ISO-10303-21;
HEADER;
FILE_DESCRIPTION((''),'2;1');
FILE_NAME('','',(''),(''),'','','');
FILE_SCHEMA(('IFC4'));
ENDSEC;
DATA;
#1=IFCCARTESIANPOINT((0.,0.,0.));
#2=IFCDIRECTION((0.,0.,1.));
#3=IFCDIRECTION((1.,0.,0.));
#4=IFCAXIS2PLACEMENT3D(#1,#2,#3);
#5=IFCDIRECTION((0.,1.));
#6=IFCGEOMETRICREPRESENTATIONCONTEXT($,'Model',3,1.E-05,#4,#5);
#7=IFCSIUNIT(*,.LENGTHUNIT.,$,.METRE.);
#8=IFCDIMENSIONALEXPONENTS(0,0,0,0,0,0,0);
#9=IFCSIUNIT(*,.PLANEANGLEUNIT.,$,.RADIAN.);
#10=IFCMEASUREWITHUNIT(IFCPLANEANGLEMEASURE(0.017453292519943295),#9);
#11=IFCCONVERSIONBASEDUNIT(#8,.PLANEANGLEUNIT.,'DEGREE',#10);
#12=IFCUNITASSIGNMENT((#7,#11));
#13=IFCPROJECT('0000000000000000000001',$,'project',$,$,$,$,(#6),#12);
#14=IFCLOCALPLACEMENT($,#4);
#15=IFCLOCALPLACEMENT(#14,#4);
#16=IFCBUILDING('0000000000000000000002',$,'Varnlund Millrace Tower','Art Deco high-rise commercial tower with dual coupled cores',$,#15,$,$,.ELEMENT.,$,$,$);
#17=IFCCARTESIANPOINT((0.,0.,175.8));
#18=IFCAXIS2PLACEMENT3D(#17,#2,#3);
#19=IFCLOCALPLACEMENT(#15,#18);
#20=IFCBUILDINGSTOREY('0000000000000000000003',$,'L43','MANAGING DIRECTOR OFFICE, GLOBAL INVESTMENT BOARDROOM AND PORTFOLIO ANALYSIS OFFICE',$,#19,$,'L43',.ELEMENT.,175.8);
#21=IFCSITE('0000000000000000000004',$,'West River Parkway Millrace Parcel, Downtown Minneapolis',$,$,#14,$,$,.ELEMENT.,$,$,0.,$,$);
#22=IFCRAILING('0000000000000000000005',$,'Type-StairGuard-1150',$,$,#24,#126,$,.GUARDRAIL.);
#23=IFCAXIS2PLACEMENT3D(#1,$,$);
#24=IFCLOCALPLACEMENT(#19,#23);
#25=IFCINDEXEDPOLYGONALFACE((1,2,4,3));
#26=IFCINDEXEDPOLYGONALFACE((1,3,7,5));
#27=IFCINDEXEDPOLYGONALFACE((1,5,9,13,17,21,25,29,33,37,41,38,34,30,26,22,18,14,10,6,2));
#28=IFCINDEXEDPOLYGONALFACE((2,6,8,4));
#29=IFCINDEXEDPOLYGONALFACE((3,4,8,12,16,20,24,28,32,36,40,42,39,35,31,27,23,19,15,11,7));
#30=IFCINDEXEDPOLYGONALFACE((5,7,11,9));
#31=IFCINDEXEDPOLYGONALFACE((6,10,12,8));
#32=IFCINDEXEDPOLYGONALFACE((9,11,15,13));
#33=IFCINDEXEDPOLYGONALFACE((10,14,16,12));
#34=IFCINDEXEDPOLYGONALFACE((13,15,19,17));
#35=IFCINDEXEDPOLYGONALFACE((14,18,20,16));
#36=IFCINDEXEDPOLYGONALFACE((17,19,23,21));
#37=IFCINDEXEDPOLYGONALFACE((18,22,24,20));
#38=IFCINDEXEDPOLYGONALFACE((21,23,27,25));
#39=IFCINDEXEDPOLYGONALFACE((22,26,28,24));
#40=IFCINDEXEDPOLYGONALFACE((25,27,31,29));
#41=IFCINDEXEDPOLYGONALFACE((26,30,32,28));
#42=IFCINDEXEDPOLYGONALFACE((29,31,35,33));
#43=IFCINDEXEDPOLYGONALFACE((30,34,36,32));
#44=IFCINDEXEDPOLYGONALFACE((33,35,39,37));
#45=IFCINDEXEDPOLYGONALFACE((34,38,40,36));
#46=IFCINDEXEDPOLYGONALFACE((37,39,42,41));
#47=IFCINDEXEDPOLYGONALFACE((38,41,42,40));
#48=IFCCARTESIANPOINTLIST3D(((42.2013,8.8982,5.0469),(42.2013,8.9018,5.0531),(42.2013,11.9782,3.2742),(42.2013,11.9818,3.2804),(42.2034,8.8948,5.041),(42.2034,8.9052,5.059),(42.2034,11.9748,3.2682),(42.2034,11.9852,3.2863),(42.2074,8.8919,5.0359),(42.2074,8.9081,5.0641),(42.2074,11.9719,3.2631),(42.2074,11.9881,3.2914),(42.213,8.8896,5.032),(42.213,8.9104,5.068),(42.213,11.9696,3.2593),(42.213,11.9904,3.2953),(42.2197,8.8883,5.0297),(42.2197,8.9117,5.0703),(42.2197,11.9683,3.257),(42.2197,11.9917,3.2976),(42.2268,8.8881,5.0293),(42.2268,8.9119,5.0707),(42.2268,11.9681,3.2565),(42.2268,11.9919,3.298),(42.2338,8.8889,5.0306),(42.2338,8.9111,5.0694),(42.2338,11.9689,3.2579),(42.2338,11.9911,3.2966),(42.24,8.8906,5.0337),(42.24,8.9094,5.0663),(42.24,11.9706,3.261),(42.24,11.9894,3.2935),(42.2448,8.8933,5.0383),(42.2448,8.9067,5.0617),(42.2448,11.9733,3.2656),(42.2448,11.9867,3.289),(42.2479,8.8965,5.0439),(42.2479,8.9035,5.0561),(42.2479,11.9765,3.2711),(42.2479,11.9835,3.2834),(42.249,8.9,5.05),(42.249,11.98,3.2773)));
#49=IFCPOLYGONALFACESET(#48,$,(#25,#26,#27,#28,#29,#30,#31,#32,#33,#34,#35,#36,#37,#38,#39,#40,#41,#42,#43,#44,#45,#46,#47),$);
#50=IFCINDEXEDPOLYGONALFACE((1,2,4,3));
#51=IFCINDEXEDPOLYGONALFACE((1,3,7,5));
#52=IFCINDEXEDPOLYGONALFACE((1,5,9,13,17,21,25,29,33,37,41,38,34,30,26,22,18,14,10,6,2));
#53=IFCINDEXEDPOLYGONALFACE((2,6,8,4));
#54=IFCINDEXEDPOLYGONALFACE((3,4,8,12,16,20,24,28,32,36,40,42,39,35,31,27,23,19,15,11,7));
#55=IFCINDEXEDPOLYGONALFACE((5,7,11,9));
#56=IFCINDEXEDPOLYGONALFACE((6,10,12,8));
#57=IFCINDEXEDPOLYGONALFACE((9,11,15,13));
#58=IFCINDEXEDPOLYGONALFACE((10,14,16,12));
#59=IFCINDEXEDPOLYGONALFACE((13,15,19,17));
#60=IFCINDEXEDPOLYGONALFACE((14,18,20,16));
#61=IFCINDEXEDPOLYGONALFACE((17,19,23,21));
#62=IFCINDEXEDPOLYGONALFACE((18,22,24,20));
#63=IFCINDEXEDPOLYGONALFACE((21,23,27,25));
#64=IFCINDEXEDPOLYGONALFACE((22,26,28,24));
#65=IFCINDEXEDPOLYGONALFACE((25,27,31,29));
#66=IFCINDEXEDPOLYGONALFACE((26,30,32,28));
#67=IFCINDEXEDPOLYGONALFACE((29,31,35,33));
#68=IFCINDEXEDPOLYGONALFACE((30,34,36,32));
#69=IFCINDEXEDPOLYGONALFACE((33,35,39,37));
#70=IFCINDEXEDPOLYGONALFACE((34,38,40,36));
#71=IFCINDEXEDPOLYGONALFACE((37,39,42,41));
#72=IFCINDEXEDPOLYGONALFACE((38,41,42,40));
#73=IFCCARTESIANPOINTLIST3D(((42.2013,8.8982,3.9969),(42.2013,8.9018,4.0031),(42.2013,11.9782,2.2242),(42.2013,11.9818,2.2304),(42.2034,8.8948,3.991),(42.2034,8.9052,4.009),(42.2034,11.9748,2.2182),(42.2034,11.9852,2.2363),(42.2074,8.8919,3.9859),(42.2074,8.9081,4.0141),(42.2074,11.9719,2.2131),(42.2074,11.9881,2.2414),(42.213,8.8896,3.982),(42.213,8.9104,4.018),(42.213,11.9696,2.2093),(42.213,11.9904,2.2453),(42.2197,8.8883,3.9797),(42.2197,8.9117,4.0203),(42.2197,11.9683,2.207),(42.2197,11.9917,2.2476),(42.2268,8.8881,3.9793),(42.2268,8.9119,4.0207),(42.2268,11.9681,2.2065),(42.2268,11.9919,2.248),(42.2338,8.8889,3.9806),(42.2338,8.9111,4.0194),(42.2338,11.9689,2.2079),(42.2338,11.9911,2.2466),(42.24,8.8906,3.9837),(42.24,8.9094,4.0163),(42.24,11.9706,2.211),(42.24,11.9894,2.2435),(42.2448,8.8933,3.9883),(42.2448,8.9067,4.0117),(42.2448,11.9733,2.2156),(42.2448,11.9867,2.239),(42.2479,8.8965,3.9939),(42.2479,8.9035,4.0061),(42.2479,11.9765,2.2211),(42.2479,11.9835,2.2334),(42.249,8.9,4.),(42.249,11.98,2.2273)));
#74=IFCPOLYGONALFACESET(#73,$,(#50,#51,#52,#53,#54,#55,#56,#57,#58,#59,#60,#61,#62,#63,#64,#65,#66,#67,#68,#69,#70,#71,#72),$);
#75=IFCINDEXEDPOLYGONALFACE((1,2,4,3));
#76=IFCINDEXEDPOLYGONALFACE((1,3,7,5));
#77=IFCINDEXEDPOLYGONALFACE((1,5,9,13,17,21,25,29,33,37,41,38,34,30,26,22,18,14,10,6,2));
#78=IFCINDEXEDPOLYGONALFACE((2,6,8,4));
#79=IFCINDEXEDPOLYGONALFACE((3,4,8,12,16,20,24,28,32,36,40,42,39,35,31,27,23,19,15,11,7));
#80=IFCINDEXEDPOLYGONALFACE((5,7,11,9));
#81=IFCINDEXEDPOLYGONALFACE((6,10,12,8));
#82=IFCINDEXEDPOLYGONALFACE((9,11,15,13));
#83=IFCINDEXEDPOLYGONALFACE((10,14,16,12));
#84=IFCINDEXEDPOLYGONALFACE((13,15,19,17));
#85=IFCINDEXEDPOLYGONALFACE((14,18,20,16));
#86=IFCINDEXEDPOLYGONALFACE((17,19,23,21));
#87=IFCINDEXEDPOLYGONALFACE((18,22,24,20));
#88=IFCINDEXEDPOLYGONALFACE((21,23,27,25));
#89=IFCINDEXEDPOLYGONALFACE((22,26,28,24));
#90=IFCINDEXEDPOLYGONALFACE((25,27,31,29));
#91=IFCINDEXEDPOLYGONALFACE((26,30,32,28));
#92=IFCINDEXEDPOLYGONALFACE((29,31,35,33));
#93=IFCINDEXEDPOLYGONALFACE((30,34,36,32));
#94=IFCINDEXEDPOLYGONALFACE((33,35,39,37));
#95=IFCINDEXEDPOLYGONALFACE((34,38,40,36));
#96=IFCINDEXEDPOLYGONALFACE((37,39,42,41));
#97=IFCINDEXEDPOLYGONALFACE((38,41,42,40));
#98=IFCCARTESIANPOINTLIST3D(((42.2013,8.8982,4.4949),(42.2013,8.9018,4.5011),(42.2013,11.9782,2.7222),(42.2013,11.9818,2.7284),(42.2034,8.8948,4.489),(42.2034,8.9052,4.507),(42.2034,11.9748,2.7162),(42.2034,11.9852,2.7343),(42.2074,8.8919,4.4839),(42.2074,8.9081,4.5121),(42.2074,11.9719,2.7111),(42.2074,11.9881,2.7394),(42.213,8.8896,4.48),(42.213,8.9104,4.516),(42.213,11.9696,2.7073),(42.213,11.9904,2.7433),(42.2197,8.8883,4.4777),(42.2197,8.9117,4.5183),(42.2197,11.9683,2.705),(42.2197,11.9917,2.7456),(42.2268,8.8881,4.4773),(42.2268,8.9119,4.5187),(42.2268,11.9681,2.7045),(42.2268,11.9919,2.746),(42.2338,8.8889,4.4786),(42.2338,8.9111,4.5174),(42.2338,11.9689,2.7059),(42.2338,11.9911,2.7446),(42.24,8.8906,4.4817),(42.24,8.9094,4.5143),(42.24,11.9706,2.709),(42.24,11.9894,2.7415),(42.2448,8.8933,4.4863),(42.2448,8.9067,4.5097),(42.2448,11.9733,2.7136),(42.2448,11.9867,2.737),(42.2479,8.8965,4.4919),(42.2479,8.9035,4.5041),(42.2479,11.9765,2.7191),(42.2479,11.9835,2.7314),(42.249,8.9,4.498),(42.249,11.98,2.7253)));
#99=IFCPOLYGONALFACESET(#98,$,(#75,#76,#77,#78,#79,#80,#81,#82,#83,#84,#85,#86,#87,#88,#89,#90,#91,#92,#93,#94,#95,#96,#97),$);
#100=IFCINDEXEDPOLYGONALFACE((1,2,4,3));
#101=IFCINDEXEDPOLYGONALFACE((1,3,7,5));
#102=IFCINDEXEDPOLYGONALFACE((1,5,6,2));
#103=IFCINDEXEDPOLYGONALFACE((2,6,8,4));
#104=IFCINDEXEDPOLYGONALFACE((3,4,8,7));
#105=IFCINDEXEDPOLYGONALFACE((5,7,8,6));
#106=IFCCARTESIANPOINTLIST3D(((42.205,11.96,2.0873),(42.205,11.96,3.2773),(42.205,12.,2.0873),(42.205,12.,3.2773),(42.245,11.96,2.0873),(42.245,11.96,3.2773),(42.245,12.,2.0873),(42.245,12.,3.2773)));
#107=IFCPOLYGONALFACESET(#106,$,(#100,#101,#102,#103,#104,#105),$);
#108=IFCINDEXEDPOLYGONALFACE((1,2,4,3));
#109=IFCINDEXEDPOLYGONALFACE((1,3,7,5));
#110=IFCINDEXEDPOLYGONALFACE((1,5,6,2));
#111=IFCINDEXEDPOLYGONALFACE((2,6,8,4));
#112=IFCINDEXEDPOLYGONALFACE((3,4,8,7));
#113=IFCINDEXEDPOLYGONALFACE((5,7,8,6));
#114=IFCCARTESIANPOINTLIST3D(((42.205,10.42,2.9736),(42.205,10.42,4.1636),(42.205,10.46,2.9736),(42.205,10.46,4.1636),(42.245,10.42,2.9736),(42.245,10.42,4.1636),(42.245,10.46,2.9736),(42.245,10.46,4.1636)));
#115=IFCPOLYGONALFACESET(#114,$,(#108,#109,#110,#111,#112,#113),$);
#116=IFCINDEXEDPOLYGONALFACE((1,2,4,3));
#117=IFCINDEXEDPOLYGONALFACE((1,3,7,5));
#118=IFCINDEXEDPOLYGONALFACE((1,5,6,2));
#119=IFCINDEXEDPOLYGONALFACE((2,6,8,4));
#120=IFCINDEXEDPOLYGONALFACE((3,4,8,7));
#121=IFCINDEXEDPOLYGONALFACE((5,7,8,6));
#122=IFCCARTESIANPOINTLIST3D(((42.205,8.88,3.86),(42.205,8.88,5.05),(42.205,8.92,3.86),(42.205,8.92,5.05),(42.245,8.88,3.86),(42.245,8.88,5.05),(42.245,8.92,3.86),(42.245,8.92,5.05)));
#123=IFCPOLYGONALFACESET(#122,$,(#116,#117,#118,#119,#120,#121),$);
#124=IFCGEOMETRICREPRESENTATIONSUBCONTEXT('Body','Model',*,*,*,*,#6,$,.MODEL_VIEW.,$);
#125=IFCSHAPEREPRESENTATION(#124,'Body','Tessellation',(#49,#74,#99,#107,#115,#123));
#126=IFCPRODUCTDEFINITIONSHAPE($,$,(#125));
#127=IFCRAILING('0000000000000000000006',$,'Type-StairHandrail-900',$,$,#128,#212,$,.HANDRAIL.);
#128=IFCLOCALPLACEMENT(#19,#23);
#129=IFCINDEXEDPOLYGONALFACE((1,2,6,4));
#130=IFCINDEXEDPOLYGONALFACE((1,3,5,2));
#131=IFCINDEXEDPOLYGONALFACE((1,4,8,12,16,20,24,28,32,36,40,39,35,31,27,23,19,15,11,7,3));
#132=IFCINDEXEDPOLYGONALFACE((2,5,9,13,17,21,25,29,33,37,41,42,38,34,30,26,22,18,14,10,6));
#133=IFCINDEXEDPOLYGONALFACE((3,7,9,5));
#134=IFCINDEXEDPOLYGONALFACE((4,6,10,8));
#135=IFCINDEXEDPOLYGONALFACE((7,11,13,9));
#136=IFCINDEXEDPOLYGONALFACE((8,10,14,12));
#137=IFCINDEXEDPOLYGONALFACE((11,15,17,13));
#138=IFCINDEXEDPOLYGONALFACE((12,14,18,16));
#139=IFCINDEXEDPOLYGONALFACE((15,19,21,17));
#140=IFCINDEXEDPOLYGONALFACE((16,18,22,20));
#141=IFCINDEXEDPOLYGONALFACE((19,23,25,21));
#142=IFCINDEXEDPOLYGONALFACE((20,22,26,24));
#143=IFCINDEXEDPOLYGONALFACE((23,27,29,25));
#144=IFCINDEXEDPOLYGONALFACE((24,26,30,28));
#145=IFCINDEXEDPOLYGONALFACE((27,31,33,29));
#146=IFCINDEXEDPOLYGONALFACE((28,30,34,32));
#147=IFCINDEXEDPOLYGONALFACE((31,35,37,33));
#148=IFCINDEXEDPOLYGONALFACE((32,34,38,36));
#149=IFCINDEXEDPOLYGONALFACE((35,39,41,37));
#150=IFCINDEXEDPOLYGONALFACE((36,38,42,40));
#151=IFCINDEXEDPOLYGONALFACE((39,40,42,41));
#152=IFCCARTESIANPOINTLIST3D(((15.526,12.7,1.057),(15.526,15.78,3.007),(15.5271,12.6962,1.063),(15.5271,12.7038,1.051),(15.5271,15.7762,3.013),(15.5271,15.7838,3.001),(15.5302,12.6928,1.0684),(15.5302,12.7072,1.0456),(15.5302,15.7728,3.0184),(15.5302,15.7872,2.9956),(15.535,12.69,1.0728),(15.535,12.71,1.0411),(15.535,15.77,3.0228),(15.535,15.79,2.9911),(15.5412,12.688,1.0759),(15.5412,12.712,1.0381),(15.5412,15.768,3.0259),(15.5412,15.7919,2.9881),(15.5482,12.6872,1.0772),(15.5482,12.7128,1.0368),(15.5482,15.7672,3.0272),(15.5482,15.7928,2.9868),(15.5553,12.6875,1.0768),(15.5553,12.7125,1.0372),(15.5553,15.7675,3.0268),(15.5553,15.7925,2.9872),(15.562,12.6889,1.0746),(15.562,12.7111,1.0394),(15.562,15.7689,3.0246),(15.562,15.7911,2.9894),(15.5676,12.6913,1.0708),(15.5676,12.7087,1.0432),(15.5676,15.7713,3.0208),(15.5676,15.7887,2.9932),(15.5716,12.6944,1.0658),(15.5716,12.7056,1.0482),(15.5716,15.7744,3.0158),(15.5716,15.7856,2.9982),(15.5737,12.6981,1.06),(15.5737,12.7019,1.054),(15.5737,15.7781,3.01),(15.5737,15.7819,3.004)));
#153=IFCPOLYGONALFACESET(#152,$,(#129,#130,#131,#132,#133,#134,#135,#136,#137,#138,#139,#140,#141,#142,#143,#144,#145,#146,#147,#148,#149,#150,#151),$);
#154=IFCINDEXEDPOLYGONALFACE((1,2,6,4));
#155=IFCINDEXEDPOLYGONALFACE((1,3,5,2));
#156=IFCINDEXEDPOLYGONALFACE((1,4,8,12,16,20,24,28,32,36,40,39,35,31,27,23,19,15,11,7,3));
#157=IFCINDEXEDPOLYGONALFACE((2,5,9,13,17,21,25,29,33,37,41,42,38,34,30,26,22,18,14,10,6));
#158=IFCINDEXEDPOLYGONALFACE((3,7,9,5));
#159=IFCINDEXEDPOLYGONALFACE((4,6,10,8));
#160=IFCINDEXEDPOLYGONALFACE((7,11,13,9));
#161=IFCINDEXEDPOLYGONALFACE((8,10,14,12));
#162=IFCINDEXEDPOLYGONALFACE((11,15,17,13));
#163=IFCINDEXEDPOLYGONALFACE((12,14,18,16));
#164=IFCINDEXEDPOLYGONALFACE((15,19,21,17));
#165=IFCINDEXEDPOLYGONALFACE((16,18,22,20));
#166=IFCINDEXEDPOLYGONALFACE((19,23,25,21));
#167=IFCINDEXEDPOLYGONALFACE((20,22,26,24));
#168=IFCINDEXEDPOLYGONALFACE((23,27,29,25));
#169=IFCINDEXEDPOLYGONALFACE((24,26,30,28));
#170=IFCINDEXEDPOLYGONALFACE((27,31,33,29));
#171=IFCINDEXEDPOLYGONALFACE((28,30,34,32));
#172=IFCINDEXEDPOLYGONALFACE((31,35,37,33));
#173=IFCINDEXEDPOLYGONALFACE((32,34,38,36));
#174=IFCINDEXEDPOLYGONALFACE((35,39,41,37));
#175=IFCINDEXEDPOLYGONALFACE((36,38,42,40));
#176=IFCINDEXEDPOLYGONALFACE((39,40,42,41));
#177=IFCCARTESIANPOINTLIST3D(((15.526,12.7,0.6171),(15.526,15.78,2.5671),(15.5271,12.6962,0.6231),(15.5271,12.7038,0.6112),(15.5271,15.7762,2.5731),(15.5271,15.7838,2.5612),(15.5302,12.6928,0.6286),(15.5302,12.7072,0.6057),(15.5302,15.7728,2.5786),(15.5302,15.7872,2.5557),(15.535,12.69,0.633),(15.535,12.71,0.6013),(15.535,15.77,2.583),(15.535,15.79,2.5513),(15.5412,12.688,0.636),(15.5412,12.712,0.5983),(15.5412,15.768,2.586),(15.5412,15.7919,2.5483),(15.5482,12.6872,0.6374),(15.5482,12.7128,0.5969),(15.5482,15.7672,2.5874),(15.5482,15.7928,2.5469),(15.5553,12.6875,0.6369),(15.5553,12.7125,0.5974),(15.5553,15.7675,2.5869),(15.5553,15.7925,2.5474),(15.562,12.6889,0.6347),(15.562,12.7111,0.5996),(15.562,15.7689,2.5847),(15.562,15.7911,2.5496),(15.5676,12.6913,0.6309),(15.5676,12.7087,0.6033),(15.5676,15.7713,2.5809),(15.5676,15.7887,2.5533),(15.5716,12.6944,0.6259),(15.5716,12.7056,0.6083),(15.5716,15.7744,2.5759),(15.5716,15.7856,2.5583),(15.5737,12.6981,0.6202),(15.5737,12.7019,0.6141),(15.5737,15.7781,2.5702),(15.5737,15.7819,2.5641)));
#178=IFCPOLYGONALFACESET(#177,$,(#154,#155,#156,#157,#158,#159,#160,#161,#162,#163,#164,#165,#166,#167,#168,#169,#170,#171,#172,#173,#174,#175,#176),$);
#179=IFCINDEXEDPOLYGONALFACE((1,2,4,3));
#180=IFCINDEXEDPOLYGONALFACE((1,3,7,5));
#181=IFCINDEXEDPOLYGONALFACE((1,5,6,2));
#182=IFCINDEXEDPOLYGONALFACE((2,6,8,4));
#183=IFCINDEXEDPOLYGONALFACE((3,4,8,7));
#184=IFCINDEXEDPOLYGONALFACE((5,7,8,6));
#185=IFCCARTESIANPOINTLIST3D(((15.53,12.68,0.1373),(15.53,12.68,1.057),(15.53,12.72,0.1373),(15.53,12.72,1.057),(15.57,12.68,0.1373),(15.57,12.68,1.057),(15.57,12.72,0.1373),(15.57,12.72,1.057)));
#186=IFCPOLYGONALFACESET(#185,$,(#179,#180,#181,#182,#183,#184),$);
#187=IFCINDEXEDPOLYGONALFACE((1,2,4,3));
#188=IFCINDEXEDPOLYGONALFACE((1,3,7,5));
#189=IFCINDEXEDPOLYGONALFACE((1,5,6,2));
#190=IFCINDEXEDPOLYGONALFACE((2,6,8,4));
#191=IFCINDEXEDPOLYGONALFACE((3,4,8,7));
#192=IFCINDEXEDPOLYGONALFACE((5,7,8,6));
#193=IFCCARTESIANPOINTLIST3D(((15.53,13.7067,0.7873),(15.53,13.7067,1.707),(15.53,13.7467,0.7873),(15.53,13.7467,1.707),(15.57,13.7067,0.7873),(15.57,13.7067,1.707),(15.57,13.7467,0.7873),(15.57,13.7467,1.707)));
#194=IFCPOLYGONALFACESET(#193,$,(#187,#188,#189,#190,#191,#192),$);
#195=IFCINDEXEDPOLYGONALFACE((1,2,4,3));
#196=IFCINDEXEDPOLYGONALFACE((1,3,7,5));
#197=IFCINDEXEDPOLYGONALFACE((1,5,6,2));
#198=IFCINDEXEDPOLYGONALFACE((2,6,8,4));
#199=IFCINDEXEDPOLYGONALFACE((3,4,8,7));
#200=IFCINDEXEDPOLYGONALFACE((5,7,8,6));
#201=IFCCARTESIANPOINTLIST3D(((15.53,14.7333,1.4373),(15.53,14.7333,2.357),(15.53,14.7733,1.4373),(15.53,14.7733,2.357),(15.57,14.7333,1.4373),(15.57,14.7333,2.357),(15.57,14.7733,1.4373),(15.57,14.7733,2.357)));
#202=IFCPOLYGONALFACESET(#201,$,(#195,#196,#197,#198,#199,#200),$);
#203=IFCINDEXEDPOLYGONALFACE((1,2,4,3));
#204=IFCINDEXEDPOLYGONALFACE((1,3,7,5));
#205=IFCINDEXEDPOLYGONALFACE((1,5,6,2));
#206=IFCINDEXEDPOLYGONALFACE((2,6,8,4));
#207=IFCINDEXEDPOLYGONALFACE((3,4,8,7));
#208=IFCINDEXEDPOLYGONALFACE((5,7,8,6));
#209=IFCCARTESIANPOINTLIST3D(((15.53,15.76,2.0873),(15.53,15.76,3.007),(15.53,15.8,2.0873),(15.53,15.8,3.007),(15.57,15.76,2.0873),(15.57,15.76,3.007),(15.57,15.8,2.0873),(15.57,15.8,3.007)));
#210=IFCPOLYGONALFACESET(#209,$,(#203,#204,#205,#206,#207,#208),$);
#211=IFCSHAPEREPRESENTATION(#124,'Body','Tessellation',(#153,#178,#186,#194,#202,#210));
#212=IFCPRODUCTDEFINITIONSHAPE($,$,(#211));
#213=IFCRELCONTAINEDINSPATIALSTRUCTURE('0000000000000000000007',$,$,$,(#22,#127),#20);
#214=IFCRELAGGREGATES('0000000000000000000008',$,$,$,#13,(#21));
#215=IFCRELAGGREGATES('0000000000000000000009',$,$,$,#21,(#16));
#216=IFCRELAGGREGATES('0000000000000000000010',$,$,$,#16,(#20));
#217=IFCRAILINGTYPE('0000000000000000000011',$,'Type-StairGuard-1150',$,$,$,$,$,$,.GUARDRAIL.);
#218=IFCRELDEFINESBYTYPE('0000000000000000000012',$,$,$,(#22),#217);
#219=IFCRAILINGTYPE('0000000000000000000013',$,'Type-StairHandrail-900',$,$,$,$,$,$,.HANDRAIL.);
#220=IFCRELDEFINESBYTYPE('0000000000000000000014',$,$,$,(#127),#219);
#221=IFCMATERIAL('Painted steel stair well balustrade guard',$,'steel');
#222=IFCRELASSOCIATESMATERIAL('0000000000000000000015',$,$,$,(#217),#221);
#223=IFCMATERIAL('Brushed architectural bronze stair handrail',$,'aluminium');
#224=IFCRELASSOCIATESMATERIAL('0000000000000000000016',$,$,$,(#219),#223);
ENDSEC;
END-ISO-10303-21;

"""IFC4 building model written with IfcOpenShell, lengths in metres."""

from ifc_helpers import new_model, entity, si_unit, converted_unit, direction, frame, origin_with_axes, origin_2d_with_axis, place, context, subcontext, project, spatial, rectangle, circle, extrude, material, type_object, element, save


model = new_model("IFC4")

# Units and contexts
model_context = context("Model", 3, precision=1e-05, world=origin_with_axes(), true_north=direction((0.0, 1.0)))
body_context = subcontext(model_context, "Body", "Model", "MODEL_VIEW")
ifc_project = project(units=[si_unit("LENGTHUNIT", "METRE"), converted_unit("PLANEANGLEUNIT", "DEGREE", entity("IfcPlaneAngleMeasure", 0.017453292519943295), si_unit("PLANEANGLEUNIT", "RADIAN"), dimensions=[0, 0, 0, 0, 0, 0, 0])], contexts=[model_context])

# Site, building, storey
site_placement = place(None, origin_with_axes())
site = spatial("IfcSite", under=ifc_project, at=site_placement, Name="West River Parkway Millrace Parcel, Downtown Minneapolis", CompositionType="ELEMENT", RefElevation=0.0)
building_placement = place(site_placement, origin_with_axes())
building = spatial("IfcBuilding", under=site, at=building_placement, Name="Varnlund Millrace Tower", Description="Art Deco high-rise commercial tower with dual coupled cores", CompositionType="ELEMENT")
storey_placement = place(building_placement, frame((0.0, 0.0, 175.8), z_axis=(0.0, 0.0, 1.0), x_axis=(1.0, 0.0, 0.0)))
storey = spatial("IfcBuildingStorey", under=building, at=storey_placement, Name="L43", Description="MANAGING DIRECTOR OFFICE, GLOBAL INVESTMENT BOARDROOM AND PORTFOLIO ANALYSIS OFFICE", LongName="L43", CompositionType="ELEMENT", Elevation=175.8)

# Railings
ifc_material_1 = material(Name="Painted steel stair well balustrade guard", Category="steel")
railing_type_1 = type_object("IfcRailingType", Name="Type-StairGuard-1150", PredefinedType="GUARDRAIL", material=ifc_material_1)
railing_1_placement = place(storey_placement, frame((0.0, 0.0, -175.8), z_axis=(0.0, 0.0, 1.0), x_axis=(1.0, 0.0, 0.0)))
element("IfcRailing", 1, at=railing_1_placement, inside=storey, type_object=railing_type_1, Name="Type-StairGuard-1150", PredefinedType="GUARDRAIL", context=body_context, shape_type="SweptSolid", body=[
    extrude(circle(Radius=0.024, at=origin_2d_with_axis()), frame((42.225, 11.98, 179.0773), z_axis=(0.0, -0.866696, 0.498836), x_axis=(1.0, 0.0, 0.0)), (0.0, 0.0, 1.0), 3.5537),
    extrude(circle(Radius=0.024, at=origin_2d_with_axis()), frame((42.225, 11.98, 178.0273), z_axis=(0.0, -0.866696, 0.498836), x_axis=(1.0, 0.0, 0.0)), (0.0, 0.0, 1.0), 3.5537),
    extrude(circle(Radius=0.024, at=origin_2d_with_axis()), frame((42.225, 11.98, 178.5253), z_axis=(0.0, -0.866696, 0.498836), x_axis=(1.0, 0.0, 0.0)), (0.0, 0.0, 1.0), 3.5537),
    extrude(rectangle(XDim=0.04, YDim=0.04, at=origin_2d_with_axis()), frame((42.225, 11.98, 177.8873), z_axis=(0.0, 0.0, 1.0), x_axis=(1.0, 0.0, 0.0)), (0.0, 0.0, 1.0), 1.19),
    extrude(rectangle(XDim=0.04, YDim=0.04, at=origin_2d_with_axis()), frame((42.225, 10.44, 178.7736), z_axis=(0.0, 0.0, 1.0), x_axis=(1.0, 0.0, 0.0)), (0.0, 0.0, 1.0), 1.19),
    extrude(rectangle(XDim=0.04, YDim=0.04, at=origin_2d_with_axis()), frame((42.225, 8.9, 179.66), z_axis=(0.0, 0.0, 1.0), x_axis=(1.0, 0.0, 0.0)), (0.0, 0.0, 1.0), 1.19),
])
ifc_material_2 = material(Name="Brushed architectural bronze stair handrail", Category="aluminium")
railing_type_2 = type_object("IfcRailingType", Name="Type-StairHandrail-900", PredefinedType="HANDRAIL", material=ifc_material_2)
railing_2_placement = place(storey_placement, frame((0.0, 0.0, -175.8), z_axis=(0.0, 0.0, 1.0), x_axis=(1.0, 0.0, 0.0)))
element("IfcRailing", 2, at=railing_2_placement, inside=storey, type_object=railing_type_2, Name="Type-StairHandrail-900", PredefinedType="HANDRAIL", context=body_context, shape_type="SweptSolid", body=[
    extrude(circle(Radius=0.024, at=origin_2d_with_axis()), frame((15.55, 12.7, 176.857), z_axis=(0.0, 0.844902, 0.534922), x_axis=(-1.0, 0.0, 0.0)), (0.0, 0.0, 1.0), 3.6454),
    extrude(circle(Radius=0.024, at=origin_2d_with_axis()), frame((15.55, 12.7, 176.4171), z_axis=(0.0, 0.844902, 0.534922), x_axis=(-1.0, 0.0, 0.0)), (0.0, 0.0, 1.0), 3.6454),
    extrude(rectangle(XDim=0.04, YDim=0.04, at=origin_2d_with_axis()), frame((15.55, 12.7, 175.9373), z_axis=(0.0, 0.0, 1.0), x_axis=(1.0, 0.0, 0.0)), (0.0, 0.0, 1.0), 0.9197),
    extrude(rectangle(XDim=0.04, YDim=0.04, at=origin_2d_with_axis()), frame((15.55, 13.7267, 176.5873), z_axis=(0.0, 0.0, 1.0), x_axis=(1.0, 0.0, 0.0)), (0.0, 0.0, 1.0), 0.9197),
    extrude(rectangle(XDim=0.04, YDim=0.04, at=origin_2d_with_axis()), frame((15.55, 14.7533, 177.2373), z_axis=(0.0, 0.0, 1.0), x_axis=(1.0, 0.0, 0.0)), (0.0, 0.0, 1.0), 0.9197),
    extrude(rectangle(XDim=0.04, YDim=0.04, at=origin_2d_with_axis()), frame((15.55, 15.78, 177.8873), z_axis=(0.0, 0.0, 1.0), x_axis=(1.0, 0.0, 0.0)), (0.0, 0.0, 1.0), 0.9197),
])

save(model, "model.ifc")
